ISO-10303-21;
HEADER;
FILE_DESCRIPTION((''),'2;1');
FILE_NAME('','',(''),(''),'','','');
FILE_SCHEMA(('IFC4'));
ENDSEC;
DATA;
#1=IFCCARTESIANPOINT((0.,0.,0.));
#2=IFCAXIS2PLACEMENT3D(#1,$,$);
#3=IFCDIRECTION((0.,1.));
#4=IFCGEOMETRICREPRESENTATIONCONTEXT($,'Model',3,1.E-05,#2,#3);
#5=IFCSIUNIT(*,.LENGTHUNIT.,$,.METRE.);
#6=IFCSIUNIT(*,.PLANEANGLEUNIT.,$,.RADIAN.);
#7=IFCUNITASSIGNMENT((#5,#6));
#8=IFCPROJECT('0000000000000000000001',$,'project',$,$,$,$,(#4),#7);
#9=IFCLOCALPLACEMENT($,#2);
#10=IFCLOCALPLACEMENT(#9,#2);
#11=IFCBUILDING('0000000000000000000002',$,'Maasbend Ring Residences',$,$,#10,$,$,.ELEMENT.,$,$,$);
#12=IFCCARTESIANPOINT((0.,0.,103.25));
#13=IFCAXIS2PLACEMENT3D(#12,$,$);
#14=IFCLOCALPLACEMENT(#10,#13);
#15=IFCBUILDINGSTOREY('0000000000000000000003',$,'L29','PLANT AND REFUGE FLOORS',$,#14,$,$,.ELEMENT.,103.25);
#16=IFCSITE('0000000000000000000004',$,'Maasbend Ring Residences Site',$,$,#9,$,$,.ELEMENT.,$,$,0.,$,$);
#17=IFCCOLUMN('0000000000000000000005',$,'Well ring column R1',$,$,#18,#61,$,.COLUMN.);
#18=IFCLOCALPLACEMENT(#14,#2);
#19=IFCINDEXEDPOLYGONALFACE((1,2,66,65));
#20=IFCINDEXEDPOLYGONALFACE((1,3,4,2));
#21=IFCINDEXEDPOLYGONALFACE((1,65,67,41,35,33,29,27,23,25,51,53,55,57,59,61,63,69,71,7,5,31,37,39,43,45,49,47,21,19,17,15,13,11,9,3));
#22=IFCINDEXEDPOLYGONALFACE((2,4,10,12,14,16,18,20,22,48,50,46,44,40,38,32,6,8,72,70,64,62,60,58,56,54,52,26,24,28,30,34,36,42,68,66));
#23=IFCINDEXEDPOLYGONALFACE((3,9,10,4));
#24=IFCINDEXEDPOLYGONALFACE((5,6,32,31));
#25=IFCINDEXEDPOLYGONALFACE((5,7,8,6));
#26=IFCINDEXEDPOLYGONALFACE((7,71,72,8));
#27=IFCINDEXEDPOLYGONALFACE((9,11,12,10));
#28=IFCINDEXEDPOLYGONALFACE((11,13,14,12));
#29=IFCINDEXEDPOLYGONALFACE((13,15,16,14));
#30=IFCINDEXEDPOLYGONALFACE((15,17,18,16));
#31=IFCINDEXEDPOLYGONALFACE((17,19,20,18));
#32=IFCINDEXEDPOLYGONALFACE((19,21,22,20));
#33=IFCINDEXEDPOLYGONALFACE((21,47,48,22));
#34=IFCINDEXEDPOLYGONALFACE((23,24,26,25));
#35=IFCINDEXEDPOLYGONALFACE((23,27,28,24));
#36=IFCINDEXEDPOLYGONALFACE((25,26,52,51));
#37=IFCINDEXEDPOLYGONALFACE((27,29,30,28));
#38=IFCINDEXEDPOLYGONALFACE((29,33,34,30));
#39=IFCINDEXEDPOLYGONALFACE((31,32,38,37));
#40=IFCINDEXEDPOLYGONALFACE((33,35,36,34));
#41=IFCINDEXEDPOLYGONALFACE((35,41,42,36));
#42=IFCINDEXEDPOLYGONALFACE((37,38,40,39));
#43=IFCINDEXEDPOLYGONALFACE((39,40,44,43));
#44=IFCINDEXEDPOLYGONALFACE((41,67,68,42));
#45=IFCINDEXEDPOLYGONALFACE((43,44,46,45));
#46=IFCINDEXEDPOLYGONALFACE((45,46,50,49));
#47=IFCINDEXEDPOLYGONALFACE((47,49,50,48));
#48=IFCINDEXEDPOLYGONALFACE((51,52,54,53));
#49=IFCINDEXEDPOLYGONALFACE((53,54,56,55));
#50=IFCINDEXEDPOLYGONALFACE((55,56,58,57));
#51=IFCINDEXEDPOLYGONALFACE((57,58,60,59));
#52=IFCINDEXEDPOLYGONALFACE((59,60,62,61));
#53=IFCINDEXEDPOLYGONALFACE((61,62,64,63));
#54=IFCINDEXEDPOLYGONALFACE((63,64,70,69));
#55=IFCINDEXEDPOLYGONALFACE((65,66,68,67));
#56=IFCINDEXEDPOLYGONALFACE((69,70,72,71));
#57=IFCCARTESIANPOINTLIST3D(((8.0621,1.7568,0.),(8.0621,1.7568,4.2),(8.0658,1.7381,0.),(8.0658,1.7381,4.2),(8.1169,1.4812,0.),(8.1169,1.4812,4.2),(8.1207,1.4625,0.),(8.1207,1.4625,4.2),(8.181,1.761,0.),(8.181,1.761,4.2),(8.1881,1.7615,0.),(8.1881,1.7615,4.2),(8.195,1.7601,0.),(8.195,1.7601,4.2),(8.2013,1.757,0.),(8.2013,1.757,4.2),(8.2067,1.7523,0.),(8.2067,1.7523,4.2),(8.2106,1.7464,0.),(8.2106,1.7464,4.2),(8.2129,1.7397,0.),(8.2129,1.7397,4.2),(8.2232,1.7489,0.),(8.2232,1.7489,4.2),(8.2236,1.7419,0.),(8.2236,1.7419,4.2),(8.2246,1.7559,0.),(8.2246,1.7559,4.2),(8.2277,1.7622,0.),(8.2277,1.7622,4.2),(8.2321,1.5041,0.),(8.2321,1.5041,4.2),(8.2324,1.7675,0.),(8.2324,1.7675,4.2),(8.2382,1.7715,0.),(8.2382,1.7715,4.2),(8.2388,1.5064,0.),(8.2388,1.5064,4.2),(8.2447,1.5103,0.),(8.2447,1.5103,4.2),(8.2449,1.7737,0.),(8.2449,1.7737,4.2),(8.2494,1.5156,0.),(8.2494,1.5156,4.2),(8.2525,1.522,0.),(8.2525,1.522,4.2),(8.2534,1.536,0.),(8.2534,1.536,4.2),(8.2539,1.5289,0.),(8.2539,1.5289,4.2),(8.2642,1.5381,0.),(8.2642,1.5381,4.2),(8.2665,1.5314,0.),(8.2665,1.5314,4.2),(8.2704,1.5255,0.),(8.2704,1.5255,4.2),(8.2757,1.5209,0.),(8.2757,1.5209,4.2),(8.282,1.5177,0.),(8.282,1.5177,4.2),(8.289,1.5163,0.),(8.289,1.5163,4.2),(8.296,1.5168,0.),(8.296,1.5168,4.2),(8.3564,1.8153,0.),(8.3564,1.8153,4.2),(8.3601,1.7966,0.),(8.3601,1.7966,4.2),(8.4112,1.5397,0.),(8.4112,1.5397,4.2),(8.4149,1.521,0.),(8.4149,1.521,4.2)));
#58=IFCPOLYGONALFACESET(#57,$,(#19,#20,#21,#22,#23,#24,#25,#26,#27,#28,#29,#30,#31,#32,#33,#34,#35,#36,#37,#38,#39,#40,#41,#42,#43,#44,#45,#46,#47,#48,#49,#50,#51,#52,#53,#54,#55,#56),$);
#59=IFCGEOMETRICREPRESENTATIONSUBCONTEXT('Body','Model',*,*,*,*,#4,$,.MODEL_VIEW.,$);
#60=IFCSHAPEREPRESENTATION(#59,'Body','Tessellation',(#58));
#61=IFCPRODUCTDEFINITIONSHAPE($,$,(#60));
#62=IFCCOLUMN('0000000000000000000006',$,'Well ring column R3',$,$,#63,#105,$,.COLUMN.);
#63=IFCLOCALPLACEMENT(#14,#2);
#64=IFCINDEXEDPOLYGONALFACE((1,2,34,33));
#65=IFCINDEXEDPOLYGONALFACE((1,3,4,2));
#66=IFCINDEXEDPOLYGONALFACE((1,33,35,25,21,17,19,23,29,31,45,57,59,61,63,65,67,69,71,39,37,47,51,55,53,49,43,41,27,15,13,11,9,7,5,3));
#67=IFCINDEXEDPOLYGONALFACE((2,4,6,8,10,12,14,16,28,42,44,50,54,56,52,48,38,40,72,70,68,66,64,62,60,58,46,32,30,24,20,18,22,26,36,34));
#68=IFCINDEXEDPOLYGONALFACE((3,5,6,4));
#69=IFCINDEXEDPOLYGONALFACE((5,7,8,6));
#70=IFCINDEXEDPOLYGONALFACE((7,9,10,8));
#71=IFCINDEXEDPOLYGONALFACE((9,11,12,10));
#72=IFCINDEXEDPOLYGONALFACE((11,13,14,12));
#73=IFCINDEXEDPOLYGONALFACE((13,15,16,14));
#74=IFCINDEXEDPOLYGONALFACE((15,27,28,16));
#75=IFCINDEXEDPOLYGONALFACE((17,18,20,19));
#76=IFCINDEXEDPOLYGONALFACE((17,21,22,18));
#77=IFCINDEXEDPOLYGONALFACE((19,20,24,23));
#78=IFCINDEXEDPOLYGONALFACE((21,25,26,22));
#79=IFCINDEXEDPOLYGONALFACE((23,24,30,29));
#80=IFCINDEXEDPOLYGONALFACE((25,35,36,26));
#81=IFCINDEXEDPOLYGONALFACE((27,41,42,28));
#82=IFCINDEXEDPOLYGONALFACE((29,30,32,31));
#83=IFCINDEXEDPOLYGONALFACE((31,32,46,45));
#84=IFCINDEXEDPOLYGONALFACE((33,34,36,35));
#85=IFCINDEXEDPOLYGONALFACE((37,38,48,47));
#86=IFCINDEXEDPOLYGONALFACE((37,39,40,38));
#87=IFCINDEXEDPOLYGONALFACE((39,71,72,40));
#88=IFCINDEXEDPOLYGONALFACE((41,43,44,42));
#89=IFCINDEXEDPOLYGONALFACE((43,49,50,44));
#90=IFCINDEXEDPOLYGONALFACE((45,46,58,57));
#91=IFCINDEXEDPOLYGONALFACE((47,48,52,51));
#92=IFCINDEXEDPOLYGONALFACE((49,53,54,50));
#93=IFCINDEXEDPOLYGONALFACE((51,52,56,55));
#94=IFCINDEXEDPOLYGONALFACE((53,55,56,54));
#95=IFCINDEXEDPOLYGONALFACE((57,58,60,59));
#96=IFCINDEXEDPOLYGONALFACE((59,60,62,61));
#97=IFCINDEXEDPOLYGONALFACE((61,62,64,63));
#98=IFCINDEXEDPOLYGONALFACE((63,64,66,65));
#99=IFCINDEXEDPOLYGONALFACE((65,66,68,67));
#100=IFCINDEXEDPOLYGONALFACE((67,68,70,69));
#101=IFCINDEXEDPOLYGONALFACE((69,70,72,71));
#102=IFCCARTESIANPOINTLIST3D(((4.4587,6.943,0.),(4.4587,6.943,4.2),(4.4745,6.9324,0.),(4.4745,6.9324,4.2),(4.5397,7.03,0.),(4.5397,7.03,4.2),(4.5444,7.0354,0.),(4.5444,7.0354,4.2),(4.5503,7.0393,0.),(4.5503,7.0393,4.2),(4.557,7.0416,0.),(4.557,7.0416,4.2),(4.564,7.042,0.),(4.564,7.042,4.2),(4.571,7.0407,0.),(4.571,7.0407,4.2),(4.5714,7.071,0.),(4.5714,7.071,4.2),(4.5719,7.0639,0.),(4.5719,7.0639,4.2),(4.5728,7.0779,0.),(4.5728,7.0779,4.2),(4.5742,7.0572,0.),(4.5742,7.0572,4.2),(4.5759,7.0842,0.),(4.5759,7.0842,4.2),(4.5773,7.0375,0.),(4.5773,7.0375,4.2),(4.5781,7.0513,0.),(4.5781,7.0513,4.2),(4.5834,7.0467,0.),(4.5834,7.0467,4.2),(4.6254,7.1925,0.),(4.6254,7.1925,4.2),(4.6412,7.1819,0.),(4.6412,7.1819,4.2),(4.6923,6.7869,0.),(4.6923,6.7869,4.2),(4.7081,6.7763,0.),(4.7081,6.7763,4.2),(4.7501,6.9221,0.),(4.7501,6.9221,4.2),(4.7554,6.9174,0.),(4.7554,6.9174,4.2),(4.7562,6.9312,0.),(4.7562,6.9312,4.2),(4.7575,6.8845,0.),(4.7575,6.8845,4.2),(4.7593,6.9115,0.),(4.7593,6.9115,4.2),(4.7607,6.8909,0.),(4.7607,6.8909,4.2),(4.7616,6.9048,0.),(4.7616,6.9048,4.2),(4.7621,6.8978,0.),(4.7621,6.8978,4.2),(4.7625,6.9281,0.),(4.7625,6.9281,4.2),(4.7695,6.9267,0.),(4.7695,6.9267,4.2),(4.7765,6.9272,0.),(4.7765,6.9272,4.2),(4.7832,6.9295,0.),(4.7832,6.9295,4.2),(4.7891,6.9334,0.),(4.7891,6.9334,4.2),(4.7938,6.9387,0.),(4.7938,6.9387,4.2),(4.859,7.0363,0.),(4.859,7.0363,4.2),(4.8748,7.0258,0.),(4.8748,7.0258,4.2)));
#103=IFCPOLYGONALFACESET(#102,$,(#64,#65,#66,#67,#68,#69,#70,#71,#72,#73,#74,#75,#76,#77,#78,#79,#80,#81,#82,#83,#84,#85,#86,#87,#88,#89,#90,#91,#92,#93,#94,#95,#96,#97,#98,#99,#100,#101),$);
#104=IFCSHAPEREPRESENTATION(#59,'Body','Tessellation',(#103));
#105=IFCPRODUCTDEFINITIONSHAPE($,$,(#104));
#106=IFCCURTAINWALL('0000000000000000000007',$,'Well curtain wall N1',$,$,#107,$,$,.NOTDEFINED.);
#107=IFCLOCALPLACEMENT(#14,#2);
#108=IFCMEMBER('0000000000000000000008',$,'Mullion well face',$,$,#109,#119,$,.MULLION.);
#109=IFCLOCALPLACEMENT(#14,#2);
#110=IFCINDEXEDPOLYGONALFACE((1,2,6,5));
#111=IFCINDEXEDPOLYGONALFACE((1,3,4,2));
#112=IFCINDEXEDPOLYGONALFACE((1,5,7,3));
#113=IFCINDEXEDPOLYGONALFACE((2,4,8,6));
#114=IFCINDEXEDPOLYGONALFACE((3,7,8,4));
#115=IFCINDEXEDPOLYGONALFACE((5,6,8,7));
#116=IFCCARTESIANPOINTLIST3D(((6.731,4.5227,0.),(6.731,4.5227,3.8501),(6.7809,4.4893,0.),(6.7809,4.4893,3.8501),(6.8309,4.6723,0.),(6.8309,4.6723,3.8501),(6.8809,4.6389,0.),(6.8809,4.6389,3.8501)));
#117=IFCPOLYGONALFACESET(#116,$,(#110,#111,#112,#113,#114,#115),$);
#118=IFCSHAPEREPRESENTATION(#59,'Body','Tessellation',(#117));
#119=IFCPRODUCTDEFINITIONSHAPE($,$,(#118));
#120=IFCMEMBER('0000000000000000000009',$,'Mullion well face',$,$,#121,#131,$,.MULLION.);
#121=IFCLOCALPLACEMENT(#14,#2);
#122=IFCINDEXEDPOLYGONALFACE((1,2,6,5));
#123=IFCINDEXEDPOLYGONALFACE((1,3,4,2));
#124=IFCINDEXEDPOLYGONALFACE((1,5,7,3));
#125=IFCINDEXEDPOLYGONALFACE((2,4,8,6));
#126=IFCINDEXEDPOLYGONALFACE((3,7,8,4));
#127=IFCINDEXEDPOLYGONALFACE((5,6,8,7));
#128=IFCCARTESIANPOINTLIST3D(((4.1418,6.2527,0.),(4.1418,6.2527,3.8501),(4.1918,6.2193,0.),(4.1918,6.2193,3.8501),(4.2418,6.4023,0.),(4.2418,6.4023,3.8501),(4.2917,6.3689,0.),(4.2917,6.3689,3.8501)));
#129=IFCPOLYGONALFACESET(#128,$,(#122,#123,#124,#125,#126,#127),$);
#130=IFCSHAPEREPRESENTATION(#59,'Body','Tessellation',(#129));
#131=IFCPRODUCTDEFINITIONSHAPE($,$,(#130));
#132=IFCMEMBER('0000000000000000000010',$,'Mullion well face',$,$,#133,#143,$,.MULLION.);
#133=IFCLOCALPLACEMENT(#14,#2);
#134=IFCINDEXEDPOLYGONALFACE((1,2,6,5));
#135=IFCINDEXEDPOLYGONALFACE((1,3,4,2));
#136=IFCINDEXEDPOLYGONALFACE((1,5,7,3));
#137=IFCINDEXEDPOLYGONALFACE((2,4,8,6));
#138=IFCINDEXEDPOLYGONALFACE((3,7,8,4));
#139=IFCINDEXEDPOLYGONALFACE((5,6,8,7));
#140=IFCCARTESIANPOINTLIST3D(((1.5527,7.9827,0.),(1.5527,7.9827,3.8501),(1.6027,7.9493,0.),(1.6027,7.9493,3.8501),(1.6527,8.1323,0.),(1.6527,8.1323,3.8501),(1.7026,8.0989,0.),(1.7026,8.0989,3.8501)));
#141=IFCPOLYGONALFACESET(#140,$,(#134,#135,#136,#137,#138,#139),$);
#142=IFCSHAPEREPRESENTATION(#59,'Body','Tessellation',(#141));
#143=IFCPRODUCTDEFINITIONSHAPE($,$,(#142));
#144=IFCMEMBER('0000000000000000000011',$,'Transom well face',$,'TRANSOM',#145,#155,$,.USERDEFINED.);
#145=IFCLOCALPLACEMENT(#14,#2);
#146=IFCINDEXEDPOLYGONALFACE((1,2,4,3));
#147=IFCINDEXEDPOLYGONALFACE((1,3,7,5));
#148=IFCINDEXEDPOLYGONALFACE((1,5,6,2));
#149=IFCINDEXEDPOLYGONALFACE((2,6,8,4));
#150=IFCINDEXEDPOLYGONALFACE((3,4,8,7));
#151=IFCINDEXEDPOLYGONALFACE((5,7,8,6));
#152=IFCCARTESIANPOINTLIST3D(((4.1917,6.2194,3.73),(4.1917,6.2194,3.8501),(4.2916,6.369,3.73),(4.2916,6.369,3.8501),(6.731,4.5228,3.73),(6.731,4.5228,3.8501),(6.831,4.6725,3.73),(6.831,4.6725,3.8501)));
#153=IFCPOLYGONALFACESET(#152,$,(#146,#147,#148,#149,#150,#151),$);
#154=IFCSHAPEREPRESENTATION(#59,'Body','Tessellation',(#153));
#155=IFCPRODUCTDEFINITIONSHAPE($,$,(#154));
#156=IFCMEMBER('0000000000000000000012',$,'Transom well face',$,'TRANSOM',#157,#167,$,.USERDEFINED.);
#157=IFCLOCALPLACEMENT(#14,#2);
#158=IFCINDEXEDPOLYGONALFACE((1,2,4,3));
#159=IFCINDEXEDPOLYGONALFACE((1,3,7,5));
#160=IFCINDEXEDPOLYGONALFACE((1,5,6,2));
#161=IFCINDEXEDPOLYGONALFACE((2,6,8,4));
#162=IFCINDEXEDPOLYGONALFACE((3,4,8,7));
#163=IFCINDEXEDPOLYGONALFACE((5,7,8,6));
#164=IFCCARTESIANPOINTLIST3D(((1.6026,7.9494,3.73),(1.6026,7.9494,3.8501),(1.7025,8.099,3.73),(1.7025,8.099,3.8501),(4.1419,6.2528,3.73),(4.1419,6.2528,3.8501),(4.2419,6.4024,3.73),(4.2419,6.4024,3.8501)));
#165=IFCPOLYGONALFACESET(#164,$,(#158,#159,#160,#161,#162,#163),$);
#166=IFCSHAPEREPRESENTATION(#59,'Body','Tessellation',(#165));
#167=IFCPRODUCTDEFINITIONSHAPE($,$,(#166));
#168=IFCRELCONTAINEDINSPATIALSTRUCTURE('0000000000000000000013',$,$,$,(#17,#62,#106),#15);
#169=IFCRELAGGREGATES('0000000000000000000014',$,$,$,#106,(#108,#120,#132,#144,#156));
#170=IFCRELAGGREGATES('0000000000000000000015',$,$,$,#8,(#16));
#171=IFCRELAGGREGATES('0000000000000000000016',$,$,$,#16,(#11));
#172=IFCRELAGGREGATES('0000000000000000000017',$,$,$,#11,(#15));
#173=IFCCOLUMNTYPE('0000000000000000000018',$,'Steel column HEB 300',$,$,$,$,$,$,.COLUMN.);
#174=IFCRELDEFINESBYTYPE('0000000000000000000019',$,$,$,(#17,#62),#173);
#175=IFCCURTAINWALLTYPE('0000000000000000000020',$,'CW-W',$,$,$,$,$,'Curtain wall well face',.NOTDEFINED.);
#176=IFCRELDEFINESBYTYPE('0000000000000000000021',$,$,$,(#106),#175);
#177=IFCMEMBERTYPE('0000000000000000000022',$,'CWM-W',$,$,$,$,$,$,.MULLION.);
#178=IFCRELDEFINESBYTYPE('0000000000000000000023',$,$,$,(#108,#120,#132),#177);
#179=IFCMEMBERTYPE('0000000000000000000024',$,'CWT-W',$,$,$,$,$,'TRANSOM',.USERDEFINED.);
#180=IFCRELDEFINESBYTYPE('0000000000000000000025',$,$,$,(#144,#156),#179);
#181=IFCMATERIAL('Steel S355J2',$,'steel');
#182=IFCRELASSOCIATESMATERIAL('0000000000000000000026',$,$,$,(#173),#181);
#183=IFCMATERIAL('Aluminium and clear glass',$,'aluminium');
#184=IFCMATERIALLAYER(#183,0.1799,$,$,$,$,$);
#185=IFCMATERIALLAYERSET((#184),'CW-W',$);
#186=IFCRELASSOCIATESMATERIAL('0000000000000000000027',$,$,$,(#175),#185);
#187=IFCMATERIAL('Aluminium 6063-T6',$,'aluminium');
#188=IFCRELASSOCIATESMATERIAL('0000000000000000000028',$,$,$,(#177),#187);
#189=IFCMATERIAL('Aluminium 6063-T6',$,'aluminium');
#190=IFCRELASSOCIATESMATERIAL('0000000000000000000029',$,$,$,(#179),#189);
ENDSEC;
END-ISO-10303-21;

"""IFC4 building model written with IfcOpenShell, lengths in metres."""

from ifc_helpers import new_model, si_unit, direction, frame, origin, origin_2d, place, context, subcontext, project, spatial, rectangle, i_section, extrude, material, layer, layer_set, material_profile, profile_set, type_object, element, aggregate, save


model = new_model("IFC4")

# Units and contexts
model_context = context("Model", 3, precision=1e-05, world=origin(), true_north=direction((0.0, 1.0)))
body_context = subcontext(model_context, "Body", "Model", "MODEL_VIEW")
ifc_project = project(units=[si_unit("LENGTHUNIT", "METRE"), si_unit("PLANEANGLEUNIT", "RADIAN")], contexts=[model_context])

# Site, building, storey
site_placement = place(None, origin())
site = spatial("IfcSite", under=ifc_project, at=site_placement, Name="Maasbend Ring Residences Site", CompositionType="ELEMENT", RefElevation=0.0)
building_placement = place(site_placement, origin())
building = spatial("IfcBuilding", under=site, at=building_placement, Name="Maasbend Ring Residences", CompositionType="ELEMENT")
storey_placement = place(building_placement, frame((0.0, 0.0, 103.25)))
storey = spatial("IfcBuildingStorey", under=building, at=storey_placement, Name="L29", Description="PLANT AND REFUGE FLOORS", CompositionType="ELEMENT", Elevation=103.25)

# Columns
ifc_material_1 = material(Name="Steel S355J2", Category="steel")
ifc_material_profile_1 = material_profile(ifc_material_1, i_section(OverallWidth=0.3, OverallDepth=0.3, WebThickness=0.011, FlangeThickness=0.019, FilletRadius=0.0271, at=origin_2d()), Name="HEB 300")
ifc_profile_set_1 = profile_set([ifc_material_profile_1], Name="Steel S355J2")
column_type = type_object("IfcColumnType", Name="Steel column HEB 300", PredefinedType="COLUMN", material=ifc_profile_set_1)
for number, where, z_axis, x_axis, name in (
    (1, (8.2385, 1.6389, 0.0), (0.0, 0.0, 1.0), (0.980785, 0.19509, 0.0), "Well ring column R1"),
    (2, (4.6667, 6.9844, 0.0), (0.0, 0.0, 1.0), (0.55557, 0.83147, 0.0), "Well ring column R3"),
):
    element("IfcColumn", number, at=place(storey_placement, frame(where, z_axis=z_axis, x_axis=x_axis)), inside=storey, type_object=column_type, Name=name, PredefinedType="COLUMN", context=body_context, shape_type="SweptSolid", body=[
        extrude(i_section(OverallWidth=0.3, OverallDepth=0.3, WebThickness=0.011, FlangeThickness=0.019, FilletRadius=0.0271, at=origin_2d()), origin(), (0.0, 0.0, 1.0), 4.2),
    ])

# Curtain wall, members
ifc_material_2 = material(Name="Aluminium and clear glass", Category="aluminium")
ifc_layer_1 = layer(ifc_material_2, 0.1799)
ifc_layer_set_1 = layer_set([ifc_layer_1], Name="CW-W")
curtain_wall_type = type_object("IfcCurtainWallType", Name="CW-W", ElementType="Curtain wall well face", PredefinedType="NOTDEFINED", material=ifc_layer_set_1)
curtain_wall_1_placement = place(storey_placement, origin())
curtain_wall_1 = element("IfcCurtainWall", 3, at=curtain_wall_1_placement, inside=storey, type_object=curtain_wall_type, Name="Well curtain wall N1", PredefinedType="NOTDEFINED")
ifc_material_3 = material(Name="Aluminium 6063-T6", Category="aluminium")
ifc_material_profile_2 = material_profile(ifc_material_3, rectangle(XDim=0.1799, YDim=0.0601, at=origin_2d()), Name="AL 180x60")
ifc_profile_set_2 = profile_set([ifc_material_profile_2], Name="Aluminium 6063-T6")
member_type_1 = type_object("IfcMemberType", Name="CWM-W", PredefinedType="MULLION", material=ifc_profile_set_2)
member_1_placement = place(storey_placement, frame((6.8059, 4.5808, 0.0), z_axis=(0.0, 0.0, 1.0), x_axis=(-0.55557, -0.83147, 0.0)))
member_1 = element("IfcMember", 4, at=member_1_placement, type_object=member_type_1, Name="Mullion well face", PredefinedType="MULLION", context=body_context, shape_type="SweptSolid", body=[
    extrude(rectangle(XDim=0.1799, YDim=0.0601, at=origin_2d()), origin(), (0.0, 0.0, 1.0), 3.8501),
])
member_2_placement = place(storey_placement, frame((4.2168, 6.3108, 0.0), z_axis=(0.0, 0.0, 1.0), x_axis=(-0.55557, -0.83147, 0.0)))
member_2 = element("IfcMember", 5, at=member_2_placement, type_object=member_type_1, Name="Mullion well face", PredefinedType="MULLION", context=body_context, shape_type="SweptSolid", body=[
    extrude(rectangle(XDim=0.1799, YDim=0.0601, at=origin_2d()), origin(), (0.0, 0.0, 1.0), 3.8501),
])
member_3_placement = place(storey_placement, frame((1.6277, 8.0408, 0.0), z_axis=(0.0, 0.0, 1.0), x_axis=(-0.55557, -0.83147, 0.0)))
member_3 = element("IfcMember", 6, at=member_3_placement, type_object=member_type_1, Name="Mullion well face", PredefinedType="MULLION", context=body_context, shape_type="SweptSolid", body=[
    extrude(rectangle(XDim=0.1799, YDim=0.0601, at=origin_2d()), origin(), (0.0, 0.0, 1.0), 3.8501),
])
ifc_material_4 = material(Name="Aluminium 6063-T6", Category="aluminium")
ifc_material_profile_3 = material_profile(ifc_material_4, rectangle(XDim=0.1799, YDim=0.1201, at=origin_2d()), Name="AL 180x120")
ifc_profile_set_3 = profile_set([ifc_material_profile_3], Name="Aluminium 6063-T6")
member_type_2 = type_object("IfcMemberType", Name="CWT-W", ElementType="TRANSOM", PredefinedType="USERDEFINED", material=ifc_profile_set_3)
member_4_placement = place(storey_placement, frame((6.781, 4.5977, 3.79), z_axis=(-0.831496, 0.55553, 0.0), x_axis=(-0.55553, -0.831496, 0.0)))
member_4 = element("IfcMember", 7, at=member_4_placement, type_object=member_type_2, Name="Transom well face", ObjectType="TRANSOM", PredefinedType="USERDEFINED", context=body_context, shape_type="SweptSolid", body=[
    extrude(rectangle(XDim=0.1799, YDim=0.1201, at=origin_2d()), origin(), (0.0, 0.0, 1.0), 3.054),
])
member_5_placement = place(storey_placement, frame((4.1919, 6.3276, 3.79), z_axis=(-0.831496, 0.55553, 0.0), x_axis=(-0.55553, -0.831496, 0.0)))
member_5 = element("IfcMember", 8, at=member_5_placement, type_object=member_type_2, Name="Transom well face", ObjectType="TRANSOM", PredefinedType="USERDEFINED", context=body_context, shape_type="SweptSolid", body=[
    extrude(rectangle(XDim=0.1799, YDim=0.1201, at=origin_2d()), origin(), (0.0, 0.0, 1.0), 3.054),
])

aggregate(curtain_wall_1, [member_1, member_2, member_3, member_4, member_5])

save(model, "model.ifc")
